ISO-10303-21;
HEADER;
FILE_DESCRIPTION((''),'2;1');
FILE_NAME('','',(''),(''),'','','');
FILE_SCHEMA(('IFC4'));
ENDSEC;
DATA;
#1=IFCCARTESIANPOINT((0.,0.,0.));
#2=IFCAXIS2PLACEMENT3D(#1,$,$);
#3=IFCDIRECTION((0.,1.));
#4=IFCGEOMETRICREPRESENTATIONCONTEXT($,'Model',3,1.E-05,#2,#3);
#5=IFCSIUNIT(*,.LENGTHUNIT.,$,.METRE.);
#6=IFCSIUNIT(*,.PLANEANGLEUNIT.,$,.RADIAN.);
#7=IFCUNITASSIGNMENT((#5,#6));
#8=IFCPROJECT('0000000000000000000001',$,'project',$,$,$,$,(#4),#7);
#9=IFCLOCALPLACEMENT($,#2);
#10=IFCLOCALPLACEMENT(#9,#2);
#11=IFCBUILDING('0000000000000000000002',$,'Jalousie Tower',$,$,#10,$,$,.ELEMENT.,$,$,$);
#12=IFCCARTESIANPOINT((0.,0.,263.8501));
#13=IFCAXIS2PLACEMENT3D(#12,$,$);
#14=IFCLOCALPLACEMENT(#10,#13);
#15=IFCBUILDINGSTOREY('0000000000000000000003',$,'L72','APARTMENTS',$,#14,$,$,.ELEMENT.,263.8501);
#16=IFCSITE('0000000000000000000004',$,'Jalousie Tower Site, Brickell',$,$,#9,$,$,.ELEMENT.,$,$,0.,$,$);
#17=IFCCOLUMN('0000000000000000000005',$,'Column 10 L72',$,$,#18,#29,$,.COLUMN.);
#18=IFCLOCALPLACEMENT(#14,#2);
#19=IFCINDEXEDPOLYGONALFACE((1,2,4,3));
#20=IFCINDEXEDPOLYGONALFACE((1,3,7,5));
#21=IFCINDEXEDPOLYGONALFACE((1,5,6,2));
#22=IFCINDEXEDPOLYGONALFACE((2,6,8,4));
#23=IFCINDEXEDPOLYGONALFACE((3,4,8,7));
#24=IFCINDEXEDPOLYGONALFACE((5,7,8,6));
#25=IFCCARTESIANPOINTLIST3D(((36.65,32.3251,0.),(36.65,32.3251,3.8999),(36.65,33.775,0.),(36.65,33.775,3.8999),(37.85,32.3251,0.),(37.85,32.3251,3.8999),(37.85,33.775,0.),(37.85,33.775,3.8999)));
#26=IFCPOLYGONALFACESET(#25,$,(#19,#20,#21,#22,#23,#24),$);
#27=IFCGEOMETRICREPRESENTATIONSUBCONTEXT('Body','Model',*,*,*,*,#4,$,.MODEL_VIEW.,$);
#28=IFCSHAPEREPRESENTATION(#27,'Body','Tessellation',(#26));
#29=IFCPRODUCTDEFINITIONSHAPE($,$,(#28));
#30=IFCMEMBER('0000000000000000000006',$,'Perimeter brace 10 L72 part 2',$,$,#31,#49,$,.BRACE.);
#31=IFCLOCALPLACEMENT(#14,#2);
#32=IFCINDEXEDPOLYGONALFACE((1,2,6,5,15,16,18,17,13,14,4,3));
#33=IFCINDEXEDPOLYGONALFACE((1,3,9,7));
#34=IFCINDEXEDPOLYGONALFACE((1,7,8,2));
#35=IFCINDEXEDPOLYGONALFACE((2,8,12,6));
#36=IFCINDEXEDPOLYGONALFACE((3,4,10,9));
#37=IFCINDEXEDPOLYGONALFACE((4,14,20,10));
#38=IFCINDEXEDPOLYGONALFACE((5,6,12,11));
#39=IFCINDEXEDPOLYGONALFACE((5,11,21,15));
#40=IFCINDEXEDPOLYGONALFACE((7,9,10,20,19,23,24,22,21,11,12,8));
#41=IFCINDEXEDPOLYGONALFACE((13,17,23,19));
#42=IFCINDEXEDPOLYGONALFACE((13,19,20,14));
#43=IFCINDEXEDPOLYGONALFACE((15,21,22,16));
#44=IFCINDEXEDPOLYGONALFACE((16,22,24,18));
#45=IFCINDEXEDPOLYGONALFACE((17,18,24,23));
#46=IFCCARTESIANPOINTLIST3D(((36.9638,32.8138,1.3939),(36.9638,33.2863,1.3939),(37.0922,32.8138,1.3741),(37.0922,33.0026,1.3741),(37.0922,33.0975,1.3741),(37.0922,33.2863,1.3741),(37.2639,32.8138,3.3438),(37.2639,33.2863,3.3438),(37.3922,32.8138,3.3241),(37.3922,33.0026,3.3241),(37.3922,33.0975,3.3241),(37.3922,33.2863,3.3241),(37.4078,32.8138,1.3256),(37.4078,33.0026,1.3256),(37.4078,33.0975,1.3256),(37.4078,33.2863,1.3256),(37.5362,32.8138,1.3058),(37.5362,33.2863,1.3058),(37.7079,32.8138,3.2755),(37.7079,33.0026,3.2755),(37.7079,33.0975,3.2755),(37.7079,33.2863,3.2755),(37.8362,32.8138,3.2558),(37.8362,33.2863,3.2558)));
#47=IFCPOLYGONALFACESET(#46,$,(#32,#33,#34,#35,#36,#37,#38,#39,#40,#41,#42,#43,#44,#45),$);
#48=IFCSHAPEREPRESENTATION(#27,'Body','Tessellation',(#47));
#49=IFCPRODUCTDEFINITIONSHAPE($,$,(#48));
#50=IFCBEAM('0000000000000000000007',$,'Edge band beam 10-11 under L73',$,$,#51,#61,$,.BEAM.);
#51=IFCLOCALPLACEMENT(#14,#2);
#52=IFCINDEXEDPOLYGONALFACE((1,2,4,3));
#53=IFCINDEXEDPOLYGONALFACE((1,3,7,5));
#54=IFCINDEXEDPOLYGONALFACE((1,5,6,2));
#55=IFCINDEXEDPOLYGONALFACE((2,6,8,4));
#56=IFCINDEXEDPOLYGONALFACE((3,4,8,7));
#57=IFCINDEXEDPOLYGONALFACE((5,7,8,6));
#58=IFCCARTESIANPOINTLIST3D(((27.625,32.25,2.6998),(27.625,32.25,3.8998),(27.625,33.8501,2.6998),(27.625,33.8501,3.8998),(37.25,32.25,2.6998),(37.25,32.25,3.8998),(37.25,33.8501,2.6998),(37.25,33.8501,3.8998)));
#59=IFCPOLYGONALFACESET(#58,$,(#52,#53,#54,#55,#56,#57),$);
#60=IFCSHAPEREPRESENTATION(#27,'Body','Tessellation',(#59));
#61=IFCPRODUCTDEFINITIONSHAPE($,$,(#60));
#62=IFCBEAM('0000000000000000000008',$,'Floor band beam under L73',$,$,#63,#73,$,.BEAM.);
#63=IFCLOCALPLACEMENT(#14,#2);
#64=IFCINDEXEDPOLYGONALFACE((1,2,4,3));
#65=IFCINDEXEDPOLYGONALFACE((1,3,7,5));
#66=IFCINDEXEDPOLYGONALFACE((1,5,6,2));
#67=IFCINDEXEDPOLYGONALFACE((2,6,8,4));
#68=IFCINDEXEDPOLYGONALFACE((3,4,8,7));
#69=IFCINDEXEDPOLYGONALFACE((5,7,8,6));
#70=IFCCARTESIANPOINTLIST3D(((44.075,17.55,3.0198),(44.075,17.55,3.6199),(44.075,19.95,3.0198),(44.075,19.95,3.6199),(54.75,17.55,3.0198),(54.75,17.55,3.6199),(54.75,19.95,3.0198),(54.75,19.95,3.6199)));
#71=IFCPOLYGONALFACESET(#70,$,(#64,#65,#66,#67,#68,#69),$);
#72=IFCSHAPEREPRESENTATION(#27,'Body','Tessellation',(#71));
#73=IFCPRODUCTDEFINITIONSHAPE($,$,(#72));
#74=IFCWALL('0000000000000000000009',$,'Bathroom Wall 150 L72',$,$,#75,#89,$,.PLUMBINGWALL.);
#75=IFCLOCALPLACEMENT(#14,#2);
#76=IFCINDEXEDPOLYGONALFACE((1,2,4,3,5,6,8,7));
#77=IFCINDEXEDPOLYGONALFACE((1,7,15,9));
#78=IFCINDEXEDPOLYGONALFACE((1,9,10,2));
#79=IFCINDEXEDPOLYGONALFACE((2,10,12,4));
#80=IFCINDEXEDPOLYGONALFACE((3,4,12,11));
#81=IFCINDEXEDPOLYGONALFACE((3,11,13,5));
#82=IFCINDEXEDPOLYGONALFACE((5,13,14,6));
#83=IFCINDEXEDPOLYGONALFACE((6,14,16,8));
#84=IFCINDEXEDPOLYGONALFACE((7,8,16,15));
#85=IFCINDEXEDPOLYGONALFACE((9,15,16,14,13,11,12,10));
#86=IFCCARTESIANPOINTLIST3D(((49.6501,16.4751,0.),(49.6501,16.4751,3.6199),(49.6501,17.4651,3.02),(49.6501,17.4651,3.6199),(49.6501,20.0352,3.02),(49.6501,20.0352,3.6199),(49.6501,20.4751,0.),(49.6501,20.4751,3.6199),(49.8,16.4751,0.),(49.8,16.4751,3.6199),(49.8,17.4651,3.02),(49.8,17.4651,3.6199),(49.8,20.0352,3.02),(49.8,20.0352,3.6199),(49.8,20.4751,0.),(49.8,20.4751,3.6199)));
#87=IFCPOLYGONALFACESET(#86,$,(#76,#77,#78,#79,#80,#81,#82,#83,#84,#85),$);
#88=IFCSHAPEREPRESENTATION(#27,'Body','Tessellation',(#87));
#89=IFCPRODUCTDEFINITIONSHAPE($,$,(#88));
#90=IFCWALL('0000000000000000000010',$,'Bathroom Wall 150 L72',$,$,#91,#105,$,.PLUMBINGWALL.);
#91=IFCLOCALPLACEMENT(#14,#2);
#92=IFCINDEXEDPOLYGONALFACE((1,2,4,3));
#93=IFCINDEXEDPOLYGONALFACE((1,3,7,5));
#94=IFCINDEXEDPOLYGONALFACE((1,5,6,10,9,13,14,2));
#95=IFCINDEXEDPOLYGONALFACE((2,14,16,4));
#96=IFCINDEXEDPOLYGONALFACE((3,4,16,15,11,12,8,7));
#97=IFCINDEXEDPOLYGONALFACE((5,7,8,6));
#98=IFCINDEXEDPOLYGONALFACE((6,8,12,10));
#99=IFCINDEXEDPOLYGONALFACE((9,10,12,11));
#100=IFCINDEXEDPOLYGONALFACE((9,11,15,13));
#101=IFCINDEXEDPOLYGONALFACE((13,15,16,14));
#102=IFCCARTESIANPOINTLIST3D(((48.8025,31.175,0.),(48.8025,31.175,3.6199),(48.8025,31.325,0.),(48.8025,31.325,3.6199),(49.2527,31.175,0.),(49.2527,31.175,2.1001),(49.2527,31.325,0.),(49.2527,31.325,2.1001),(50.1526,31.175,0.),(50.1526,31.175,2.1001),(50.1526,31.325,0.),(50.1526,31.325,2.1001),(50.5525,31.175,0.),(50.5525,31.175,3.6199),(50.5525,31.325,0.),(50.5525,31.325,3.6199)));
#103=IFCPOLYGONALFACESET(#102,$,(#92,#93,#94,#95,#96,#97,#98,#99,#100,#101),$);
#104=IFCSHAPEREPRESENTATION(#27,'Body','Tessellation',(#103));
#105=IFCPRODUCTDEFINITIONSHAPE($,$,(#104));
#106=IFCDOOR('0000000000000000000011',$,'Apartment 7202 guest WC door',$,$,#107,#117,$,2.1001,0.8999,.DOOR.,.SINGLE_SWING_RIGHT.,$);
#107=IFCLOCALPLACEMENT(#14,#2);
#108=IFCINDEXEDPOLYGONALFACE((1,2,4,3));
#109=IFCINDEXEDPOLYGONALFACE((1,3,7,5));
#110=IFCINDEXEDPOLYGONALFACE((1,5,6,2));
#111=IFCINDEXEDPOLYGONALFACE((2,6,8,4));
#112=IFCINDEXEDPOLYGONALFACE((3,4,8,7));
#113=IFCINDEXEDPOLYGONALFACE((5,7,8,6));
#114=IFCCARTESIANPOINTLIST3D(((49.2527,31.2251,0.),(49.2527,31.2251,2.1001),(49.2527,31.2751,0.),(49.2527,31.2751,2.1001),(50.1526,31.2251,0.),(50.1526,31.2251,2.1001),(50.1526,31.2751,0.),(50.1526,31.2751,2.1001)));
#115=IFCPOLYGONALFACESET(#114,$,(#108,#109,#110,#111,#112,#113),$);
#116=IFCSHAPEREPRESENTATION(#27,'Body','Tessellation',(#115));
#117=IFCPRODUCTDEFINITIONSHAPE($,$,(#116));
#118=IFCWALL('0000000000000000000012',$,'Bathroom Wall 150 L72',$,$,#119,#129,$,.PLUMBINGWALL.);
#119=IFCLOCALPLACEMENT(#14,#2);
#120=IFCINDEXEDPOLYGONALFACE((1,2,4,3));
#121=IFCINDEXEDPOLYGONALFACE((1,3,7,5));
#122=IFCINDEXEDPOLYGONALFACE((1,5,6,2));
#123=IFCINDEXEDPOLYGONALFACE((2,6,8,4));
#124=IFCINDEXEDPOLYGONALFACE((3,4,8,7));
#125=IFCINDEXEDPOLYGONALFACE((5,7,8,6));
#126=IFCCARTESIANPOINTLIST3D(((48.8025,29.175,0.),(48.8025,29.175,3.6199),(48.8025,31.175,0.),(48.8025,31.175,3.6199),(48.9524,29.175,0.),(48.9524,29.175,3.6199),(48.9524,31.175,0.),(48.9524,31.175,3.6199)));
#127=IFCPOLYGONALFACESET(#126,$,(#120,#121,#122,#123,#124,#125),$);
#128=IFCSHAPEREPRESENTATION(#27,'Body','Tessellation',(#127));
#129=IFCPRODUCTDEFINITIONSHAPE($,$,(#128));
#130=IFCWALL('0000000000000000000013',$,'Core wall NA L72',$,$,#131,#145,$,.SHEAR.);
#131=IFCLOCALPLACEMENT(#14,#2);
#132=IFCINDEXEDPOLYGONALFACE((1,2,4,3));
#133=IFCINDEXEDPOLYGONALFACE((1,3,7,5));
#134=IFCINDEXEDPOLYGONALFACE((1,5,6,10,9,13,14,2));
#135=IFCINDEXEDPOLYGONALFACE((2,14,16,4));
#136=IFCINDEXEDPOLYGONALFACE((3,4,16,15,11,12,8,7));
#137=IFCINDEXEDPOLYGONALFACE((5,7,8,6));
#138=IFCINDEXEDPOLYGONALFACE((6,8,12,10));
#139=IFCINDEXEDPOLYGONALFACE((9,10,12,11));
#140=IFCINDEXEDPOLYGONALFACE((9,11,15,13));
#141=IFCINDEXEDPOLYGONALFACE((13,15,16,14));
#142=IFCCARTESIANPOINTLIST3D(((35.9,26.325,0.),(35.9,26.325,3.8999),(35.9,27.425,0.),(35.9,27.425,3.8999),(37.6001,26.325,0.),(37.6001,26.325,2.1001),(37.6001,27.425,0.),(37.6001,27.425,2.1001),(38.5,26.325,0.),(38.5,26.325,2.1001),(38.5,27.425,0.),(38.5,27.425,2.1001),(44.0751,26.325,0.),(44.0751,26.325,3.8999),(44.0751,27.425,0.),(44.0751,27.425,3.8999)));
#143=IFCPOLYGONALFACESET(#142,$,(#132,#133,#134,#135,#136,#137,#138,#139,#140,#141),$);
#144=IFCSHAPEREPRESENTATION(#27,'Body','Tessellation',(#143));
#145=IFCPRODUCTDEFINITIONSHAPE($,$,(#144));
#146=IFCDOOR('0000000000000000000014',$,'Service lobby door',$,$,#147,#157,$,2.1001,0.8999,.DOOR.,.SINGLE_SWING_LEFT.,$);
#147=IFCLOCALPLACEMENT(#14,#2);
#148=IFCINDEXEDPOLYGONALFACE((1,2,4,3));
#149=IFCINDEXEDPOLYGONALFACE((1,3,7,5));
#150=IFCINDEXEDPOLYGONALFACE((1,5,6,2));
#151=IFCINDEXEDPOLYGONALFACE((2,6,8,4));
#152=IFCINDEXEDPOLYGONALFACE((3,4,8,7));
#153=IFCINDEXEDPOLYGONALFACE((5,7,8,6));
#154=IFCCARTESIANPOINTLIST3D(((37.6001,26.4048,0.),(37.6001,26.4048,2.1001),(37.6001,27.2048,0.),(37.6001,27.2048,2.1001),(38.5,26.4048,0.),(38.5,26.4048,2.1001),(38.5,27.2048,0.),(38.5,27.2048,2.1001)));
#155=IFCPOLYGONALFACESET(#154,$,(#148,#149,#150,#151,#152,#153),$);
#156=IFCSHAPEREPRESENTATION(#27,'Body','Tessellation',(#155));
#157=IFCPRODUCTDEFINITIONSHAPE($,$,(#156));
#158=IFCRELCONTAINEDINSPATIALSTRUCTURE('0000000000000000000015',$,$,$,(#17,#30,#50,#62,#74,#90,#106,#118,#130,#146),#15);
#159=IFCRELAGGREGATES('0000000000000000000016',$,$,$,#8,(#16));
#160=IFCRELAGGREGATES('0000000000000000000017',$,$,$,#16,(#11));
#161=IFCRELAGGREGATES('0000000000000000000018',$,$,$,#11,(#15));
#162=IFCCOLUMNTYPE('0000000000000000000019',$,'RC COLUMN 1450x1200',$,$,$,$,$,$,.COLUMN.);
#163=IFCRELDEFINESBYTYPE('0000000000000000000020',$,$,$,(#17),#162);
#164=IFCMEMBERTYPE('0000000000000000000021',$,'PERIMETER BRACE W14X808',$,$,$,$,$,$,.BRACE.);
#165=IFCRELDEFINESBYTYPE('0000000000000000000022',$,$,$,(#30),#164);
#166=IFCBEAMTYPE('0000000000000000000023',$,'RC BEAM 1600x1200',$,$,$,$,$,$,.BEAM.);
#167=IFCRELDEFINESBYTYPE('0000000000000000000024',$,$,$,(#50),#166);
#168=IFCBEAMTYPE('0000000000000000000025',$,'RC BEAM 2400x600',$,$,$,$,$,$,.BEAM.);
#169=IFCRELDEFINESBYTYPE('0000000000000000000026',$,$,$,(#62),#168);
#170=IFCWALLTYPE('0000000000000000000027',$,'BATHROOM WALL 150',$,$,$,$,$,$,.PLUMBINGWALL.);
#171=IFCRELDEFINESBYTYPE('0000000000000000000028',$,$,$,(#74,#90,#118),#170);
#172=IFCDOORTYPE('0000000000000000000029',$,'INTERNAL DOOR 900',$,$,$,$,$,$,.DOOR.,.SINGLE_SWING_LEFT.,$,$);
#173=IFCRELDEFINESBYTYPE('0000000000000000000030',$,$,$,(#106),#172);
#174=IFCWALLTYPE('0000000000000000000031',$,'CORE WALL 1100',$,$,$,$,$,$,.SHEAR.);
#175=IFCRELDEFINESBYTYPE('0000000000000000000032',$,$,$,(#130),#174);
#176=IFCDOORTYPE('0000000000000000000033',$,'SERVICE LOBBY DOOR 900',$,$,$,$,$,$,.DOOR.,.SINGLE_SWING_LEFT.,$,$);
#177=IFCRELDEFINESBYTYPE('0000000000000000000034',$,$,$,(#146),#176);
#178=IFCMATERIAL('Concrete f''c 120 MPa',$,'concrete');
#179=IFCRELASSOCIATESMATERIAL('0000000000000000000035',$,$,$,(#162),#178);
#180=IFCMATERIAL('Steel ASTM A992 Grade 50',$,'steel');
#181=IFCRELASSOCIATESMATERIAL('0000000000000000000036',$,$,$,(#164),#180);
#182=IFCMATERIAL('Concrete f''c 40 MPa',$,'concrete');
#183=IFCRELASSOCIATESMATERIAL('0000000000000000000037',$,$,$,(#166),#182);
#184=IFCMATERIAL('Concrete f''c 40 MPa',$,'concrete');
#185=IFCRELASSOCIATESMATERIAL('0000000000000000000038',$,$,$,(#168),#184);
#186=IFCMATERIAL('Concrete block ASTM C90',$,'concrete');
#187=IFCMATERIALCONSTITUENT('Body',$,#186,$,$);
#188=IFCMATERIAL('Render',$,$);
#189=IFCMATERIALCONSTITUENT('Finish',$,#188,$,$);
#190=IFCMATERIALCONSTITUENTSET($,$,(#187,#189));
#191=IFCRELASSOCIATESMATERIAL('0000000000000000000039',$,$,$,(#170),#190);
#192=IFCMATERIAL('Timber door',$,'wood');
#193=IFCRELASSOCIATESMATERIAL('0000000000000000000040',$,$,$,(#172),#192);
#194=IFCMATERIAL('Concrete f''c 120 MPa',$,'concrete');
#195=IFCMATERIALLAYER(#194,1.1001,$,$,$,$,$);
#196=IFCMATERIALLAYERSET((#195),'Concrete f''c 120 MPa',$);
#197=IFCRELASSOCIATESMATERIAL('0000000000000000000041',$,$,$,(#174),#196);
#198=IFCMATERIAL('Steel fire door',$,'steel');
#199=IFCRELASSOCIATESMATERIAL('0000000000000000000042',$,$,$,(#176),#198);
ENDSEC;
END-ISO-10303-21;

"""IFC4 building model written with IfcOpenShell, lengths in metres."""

from ifc_helpers import new_model, si_unit, direction, frame, frame_2d, origin, origin_2d, place, context, subcontext, project, spatial, polyline, rectangle, i_section, outline, extrude, material, layer, layer_set, constituent, constituent_set, material_profile, profile_set, type_object, element, fill, save


model = new_model("IFC4")

# Units and contexts
model_context = context("Model", 3, precision=1e-05, world=origin(), true_north=direction((0.0, 1.0)))
body_context = subcontext(model_context, "Body", "Model", "MODEL_VIEW")
ifc_project = project(units=[si_unit("LENGTHUNIT", "METRE"), si_unit("PLANEANGLEUNIT", "RADIAN")], contexts=[model_context])

# Site, building, storey
site_placement = place(None, origin())
site = spatial("IfcSite", under=ifc_project, at=site_placement, Name="Jalousie Tower Site, Brickell", CompositionType="ELEMENT", RefElevation=0.0)
building_placement = place(site_placement, origin())
building = spatial("IfcBuilding", under=site, at=building_placement, Name="Jalousie Tower", CompositionType="ELEMENT")
storey_placement = place(building_placement, frame((0.0, 0.0, 263.8501)))
storey = spatial("IfcBuildingStorey", under=building, at=storey_placement, Name="L72", Description="APARTMENTS", CompositionType="ELEMENT", Elevation=263.8501)

# Column
ifc_material_1 = material(Name="Concrete f'c 120 MPa", Category="concrete")
ifc_material_profile_1 = material_profile(ifc_material_1, rectangle(XDim=1.45, YDim=1.2, at=origin_2d()), Name="RC 1450x1200")
ifc_profile_set_1 = profile_set([ifc_material_profile_1], Name="Concrete f'c 120 MPa")
column_type = type_object("IfcColumnType", Name="RC COLUMN 1450x1200", PredefinedType="COLUMN", material=ifc_profile_set_1)
column_placement = place(storey_placement, frame((37.25, 33.05, 0.0), z_axis=(0.0, 0.0, 1.0), x_axis=(0.0, 1.0, 0.0)))
element("IfcColumn", 1, at=column_placement, inside=storey, type_object=column_type, Name="Column 10 L72", PredefinedType="COLUMN", context=body_context, shape_type="SweptSolid", body=[
    extrude(rectangle(XDim=1.45, YDim=1.2, at=origin_2d()), origin(), (0.0, 0.0, 1.0), 3.8999),
])

# Member
ifc_material_2 = material(Name="Steel ASTM A992 Grade 50", Category="steel")
ifc_material_profile_2 = material_profile(ifc_material_2, i_section(OverallWidth=0.4724, OverallDepth=0.5791, WebThickness=0.095, FlangeThickness=0.1299, at=origin_2d()), Name="W14X808")
ifc_profile_set_2 = profile_set([ifc_material_profile_2], Name="Steel ASTM A992 Grade 50")
member_type = type_object("IfcMemberType", Name="PERIMETER BRACE W14X808", PredefinedType="BRACE", material=ifc_profile_set_2)
member_placement = place(storey_placement, frame((37.25, 33.05, 1.3499), z_axis=(0.152085, 0.0, 0.988367), x_axis=(0.0, 1.0, 0.0)))
element("IfcMember", 2, at=member_placement, inside=storey, type_object=member_type, Name="Perimeter brace 10 L72 part 2", PredefinedType="BRACE", context=body_context, shape_type="SweptSolid", body=[
    extrude(i_section(OverallWidth=0.4724, OverallDepth=0.5791, WebThickness=0.095, FlangeThickness=0.1299, at=origin_2d()), origin(), (0.0, 0.0, 1.0), 1.9729),
])

# Beams
ifc_material_3 = material(Name="Concrete f'c 40 MPa", Category="concrete")
ifc_material_profile_3 = material_profile(ifc_material_3, rectangle(XDim=1.6001, YDim=1.2, at=origin_2d()), Name="RC 1600x1200")
ifc_profile_set_3 = profile_set([ifc_material_profile_3], Name="Concrete f'c 40 MPa")
beam_type_1 = type_object("IfcBeamType", Name="RC BEAM 1600x1200", PredefinedType="BEAM", material=ifc_profile_set_3)
beam_1_placement = place(storey_placement, frame((37.25, 33.05, 3.2998), z_axis=(-1.0, 0.0, 0.0), x_axis=(0.0, -1.0, 0.0)))
element("IfcBeam", 3, at=beam_1_placement, inside=storey, type_object=beam_type_1, Name="Edge band beam 10-11 under L73", PredefinedType="BEAM", context=body_context, shape_type="SweptSolid", body=[
    extrude(rectangle(XDim=1.6001, YDim=1.2, at=origin_2d()), origin(), (0.0, 0.0, 1.0), 9.625),
])
ifc_material_4 = material(Name="Concrete f'c 40 MPa", Category="concrete")
ifc_material_profile_4 = material_profile(ifc_material_4, rectangle(XDim=2.3999, YDim=0.6001, at=origin_2d()), Name="RC 2400x600")
ifc_profile_set_4 = profile_set([ifc_material_profile_4], Name="Concrete f'c 40 MPa")
beam_type_2 = type_object("IfcBeamType", Name="RC BEAM 2400x600", PredefinedType="BEAM", material=ifc_profile_set_4)
beam_2_placement = place(storey_placement, frame((44.075, 18.75, 3.3198), z_axis=(1.0, 0.0, 0.0), x_axis=(0.0, 1.0, 0.0)))
element("IfcBeam", 4, at=beam_2_placement, inside=storey, type_object=beam_type_2, Name="Floor band beam under L73", PredefinedType="BEAM", context=body_context, shape_type="SweptSolid", body=[
    extrude(rectangle(XDim=2.3999, YDim=0.6001, at=origin_2d()), origin(), (0.0, 0.0, 1.0), 10.675),
])

# Wall
ifc_material_5 = material(Name="Concrete block ASTM C90", Category="concrete")
ifc_constituent_1 = constituent(ifc_material_5, Name="Body")
ifc_material_6 = material(Name="Render")
ifc_constituent_2 = constituent(ifc_material_6, Name="Finish")
ifc_constituent_set_1 = constituent_set(constituents=[ifc_constituent_1, ifc_constituent_2])
wall_type_1 = type_object("IfcWallType", Name="BATHROOM WALL 150", PredefinedType="PLUMBINGWALL", material=ifc_constituent_set_1)
wall_1_placement = place(storey_placement, frame((49.7251, 16.4751, 0.0), z_axis=(0.0, 0.0, 1.0), x_axis=(0.0, 1.0, 0.0)))
element("IfcWall", 5, at=wall_1_placement, inside=storey, type_object=wall_type_1, Name="Bathroom Wall 150 L72", PredefinedType="PLUMBINGWALL", context=body_context, shape_type="SweptSolid", body=[
    extrude(outline(polyline([(0.0, 0.0), (4.0, 0.0), (4.0, 3.6199), (3.5601, 3.6199), (3.5601, 3.02), (0.99, 3.02), (0.99, 3.6199), (0.0, 3.6199), (0.0, 0.0)])), frame((0.0, 0.075, 0.0), z_axis=(0.0, -1.0, 0.0), x_axis=(1.0, 0.0, 0.0)), (0.0, 0.0, 1.0), 0.1499),
])

# Wall, opening, door
wall_2_placement = place(storey_placement, frame((50.5525, 31.25, 0.0), z_axis=(0.0, 0.0, 1.0), x_axis=(-1.0, 0.0, 0.0)))
wall_2 = element("IfcWall", 6, at=wall_2_placement, inside=storey, type_object=wall_type_1, Name="Bathroom Wall 150 L72", PredefinedType="PLUMBINGWALL", context=body_context, shape_type="SweptSolid", body=[
    extrude(rectangle(XDim=1.75, YDim=0.1499, at=frame_2d((0.875, 0.0))), origin(), (0.0, 0.0, 1.0), 3.6199),
])
opening_1_placement = place(wall_2_placement, frame((0.3999, 0.0, 0.0)))
opening_1 = element("IfcOpeningElement", 7, at=opening_1_placement, cuts=wall_2, PredefinedType="OPENING", context=body_context, shape_type="SweptSolid", body=[
    extrude(rectangle(XDim=0.8999, YDim=2.1001, at=frame_2d((0.45, 1.05))), frame((0.0, 0.085, 0.0), z_axis=(0.0, -1.0, 0.0), x_axis=(1.0, 0.0, 0.0)), (0.0, 0.0, 1.0), 0.1699),
])
ifc_material_7 = material(Name="Timber door", Category="wood")
door_type_1 = type_object("IfcDoorType", Name="INTERNAL DOOR 900", OperationType="SINGLE_SWING_LEFT", PredefinedType="DOOR", material=ifc_material_7)
door_1_placement = place(opening_1_placement, origin())
door_1 = element("IfcDoor", 8, at=door_1_placement, inside=storey, type_object=door_type_1, Name="Apartment 7202 guest WC door", OperationType="SINGLE_SWING_RIGHT", OverallHeight=2.1001, OverallWidth=0.8999, PredefinedType="DOOR", context=body_context, shape_type="SweptSolid", body=[
    extrude(rectangle(XDim=0.8999, YDim=2.1001, at=frame_2d((0.45, 1.05))), frame((0.0, 0.0249, 0.0), z_axis=(0.0, -1.0, 0.0), x_axis=(1.0, 0.0, 0.0)), (0.0, 0.0, 1.0), 0.05),
])
fill(opening_1, door_1)

# Wall
wall_3_placement = place(storey_placement, frame((48.8774, 29.175, 0.0), z_axis=(0.0, 0.0, 1.0), x_axis=(0.0, 1.0, 0.0)))
element("IfcWall", 9, at=wall_3_placement, inside=storey, type_object=wall_type_1, Name="Bathroom Wall 150 L72", PredefinedType="PLUMBINGWALL", context=body_context, shape_type="SweptSolid", body=[
    extrude(rectangle(XDim=2.0, YDim=0.1499, at=frame_2d((1.0, 0.0))), origin(), (0.0, 0.0, 1.0), 3.6199),
])

# Wall, opening, door
ifc_material_8 = material(Name="Concrete f'c 120 MPa", Category="concrete")
ifc_layer_1 = layer(ifc_material_8, 1.1001)
ifc_layer_set_1 = layer_set([ifc_layer_1], Name="Concrete f'c 120 MPa")
wall_type_2 = type_object("IfcWallType", Name="CORE WALL 1100", PredefinedType="SHEAR", material=ifc_layer_set_1)
wall_4_placement = place(storey_placement, frame((44.075, 26.875, 0.0), z_axis=(0.0, 0.0, 1.0), x_axis=(-1.0, 0.0, 0.0)))
wall_4 = element("IfcWall", 10, at=wall_4_placement, inside=storey, type_object=wall_type_2, Name="Core wall NA L72", PredefinedType="SHEAR", context=body_context, shape_type="SweptSolid", body=[
    extrude(rectangle(XDim=8.175, YDim=1.1001, at=frame_2d((4.0874, 0.0))), origin(), (0.0, 0.0, 1.0), 3.8999),
])
opening_2_placement = place(wall_4_placement, frame((5.575, 0.0, 0.0)))
opening_2 = element("IfcOpeningElement", 11, at=opening_2_placement, cuts=wall_4, PredefinedType="OPENING", context=body_context, shape_type="SweptSolid", body=[
    extrude(rectangle(XDim=0.8999, YDim=2.1001, at=frame_2d((0.45, 1.05))), frame((0.0, 0.5601, 0.0), z_axis=(0.0, -1.0, 0.0), x_axis=(1.0, 0.0, 0.0)), (0.0, 0.0, 1.0), 1.1201),
])
ifc_material_9 = material(Name="Steel fire door", Category="steel")
door_type_2 = type_object("IfcDoorType", Name="SERVICE LOBBY DOOR 900", OperationType="SINGLE_SWING_LEFT", PredefinedType="DOOR", material=ifc_material_9)
door_2_placement = place(opening_2_placement, origin())
door_2 = element("IfcDoor", 12, at=door_2_placement, inside=storey, type_object=door_type_2, Name="Service lobby door", OperationType="SINGLE_SWING_LEFT", OverallHeight=2.1001, OverallWidth=0.8999, PredefinedType="DOOR", context=body_context, shape_type="SweptSolid", body=[
    extrude(rectangle(XDim=0.8999, YDim=2.1001, at=frame_2d((0.45, 1.05))), frame((0.0, 0.4702, 0.0), z_axis=(0.0, -1.0, 0.0), x_axis=(1.0, 0.0, 0.0)), (0.0, 0.0, 1.0), 0.8),
])
fill(opening_2, door_2)

save(model, "model.ifc")
